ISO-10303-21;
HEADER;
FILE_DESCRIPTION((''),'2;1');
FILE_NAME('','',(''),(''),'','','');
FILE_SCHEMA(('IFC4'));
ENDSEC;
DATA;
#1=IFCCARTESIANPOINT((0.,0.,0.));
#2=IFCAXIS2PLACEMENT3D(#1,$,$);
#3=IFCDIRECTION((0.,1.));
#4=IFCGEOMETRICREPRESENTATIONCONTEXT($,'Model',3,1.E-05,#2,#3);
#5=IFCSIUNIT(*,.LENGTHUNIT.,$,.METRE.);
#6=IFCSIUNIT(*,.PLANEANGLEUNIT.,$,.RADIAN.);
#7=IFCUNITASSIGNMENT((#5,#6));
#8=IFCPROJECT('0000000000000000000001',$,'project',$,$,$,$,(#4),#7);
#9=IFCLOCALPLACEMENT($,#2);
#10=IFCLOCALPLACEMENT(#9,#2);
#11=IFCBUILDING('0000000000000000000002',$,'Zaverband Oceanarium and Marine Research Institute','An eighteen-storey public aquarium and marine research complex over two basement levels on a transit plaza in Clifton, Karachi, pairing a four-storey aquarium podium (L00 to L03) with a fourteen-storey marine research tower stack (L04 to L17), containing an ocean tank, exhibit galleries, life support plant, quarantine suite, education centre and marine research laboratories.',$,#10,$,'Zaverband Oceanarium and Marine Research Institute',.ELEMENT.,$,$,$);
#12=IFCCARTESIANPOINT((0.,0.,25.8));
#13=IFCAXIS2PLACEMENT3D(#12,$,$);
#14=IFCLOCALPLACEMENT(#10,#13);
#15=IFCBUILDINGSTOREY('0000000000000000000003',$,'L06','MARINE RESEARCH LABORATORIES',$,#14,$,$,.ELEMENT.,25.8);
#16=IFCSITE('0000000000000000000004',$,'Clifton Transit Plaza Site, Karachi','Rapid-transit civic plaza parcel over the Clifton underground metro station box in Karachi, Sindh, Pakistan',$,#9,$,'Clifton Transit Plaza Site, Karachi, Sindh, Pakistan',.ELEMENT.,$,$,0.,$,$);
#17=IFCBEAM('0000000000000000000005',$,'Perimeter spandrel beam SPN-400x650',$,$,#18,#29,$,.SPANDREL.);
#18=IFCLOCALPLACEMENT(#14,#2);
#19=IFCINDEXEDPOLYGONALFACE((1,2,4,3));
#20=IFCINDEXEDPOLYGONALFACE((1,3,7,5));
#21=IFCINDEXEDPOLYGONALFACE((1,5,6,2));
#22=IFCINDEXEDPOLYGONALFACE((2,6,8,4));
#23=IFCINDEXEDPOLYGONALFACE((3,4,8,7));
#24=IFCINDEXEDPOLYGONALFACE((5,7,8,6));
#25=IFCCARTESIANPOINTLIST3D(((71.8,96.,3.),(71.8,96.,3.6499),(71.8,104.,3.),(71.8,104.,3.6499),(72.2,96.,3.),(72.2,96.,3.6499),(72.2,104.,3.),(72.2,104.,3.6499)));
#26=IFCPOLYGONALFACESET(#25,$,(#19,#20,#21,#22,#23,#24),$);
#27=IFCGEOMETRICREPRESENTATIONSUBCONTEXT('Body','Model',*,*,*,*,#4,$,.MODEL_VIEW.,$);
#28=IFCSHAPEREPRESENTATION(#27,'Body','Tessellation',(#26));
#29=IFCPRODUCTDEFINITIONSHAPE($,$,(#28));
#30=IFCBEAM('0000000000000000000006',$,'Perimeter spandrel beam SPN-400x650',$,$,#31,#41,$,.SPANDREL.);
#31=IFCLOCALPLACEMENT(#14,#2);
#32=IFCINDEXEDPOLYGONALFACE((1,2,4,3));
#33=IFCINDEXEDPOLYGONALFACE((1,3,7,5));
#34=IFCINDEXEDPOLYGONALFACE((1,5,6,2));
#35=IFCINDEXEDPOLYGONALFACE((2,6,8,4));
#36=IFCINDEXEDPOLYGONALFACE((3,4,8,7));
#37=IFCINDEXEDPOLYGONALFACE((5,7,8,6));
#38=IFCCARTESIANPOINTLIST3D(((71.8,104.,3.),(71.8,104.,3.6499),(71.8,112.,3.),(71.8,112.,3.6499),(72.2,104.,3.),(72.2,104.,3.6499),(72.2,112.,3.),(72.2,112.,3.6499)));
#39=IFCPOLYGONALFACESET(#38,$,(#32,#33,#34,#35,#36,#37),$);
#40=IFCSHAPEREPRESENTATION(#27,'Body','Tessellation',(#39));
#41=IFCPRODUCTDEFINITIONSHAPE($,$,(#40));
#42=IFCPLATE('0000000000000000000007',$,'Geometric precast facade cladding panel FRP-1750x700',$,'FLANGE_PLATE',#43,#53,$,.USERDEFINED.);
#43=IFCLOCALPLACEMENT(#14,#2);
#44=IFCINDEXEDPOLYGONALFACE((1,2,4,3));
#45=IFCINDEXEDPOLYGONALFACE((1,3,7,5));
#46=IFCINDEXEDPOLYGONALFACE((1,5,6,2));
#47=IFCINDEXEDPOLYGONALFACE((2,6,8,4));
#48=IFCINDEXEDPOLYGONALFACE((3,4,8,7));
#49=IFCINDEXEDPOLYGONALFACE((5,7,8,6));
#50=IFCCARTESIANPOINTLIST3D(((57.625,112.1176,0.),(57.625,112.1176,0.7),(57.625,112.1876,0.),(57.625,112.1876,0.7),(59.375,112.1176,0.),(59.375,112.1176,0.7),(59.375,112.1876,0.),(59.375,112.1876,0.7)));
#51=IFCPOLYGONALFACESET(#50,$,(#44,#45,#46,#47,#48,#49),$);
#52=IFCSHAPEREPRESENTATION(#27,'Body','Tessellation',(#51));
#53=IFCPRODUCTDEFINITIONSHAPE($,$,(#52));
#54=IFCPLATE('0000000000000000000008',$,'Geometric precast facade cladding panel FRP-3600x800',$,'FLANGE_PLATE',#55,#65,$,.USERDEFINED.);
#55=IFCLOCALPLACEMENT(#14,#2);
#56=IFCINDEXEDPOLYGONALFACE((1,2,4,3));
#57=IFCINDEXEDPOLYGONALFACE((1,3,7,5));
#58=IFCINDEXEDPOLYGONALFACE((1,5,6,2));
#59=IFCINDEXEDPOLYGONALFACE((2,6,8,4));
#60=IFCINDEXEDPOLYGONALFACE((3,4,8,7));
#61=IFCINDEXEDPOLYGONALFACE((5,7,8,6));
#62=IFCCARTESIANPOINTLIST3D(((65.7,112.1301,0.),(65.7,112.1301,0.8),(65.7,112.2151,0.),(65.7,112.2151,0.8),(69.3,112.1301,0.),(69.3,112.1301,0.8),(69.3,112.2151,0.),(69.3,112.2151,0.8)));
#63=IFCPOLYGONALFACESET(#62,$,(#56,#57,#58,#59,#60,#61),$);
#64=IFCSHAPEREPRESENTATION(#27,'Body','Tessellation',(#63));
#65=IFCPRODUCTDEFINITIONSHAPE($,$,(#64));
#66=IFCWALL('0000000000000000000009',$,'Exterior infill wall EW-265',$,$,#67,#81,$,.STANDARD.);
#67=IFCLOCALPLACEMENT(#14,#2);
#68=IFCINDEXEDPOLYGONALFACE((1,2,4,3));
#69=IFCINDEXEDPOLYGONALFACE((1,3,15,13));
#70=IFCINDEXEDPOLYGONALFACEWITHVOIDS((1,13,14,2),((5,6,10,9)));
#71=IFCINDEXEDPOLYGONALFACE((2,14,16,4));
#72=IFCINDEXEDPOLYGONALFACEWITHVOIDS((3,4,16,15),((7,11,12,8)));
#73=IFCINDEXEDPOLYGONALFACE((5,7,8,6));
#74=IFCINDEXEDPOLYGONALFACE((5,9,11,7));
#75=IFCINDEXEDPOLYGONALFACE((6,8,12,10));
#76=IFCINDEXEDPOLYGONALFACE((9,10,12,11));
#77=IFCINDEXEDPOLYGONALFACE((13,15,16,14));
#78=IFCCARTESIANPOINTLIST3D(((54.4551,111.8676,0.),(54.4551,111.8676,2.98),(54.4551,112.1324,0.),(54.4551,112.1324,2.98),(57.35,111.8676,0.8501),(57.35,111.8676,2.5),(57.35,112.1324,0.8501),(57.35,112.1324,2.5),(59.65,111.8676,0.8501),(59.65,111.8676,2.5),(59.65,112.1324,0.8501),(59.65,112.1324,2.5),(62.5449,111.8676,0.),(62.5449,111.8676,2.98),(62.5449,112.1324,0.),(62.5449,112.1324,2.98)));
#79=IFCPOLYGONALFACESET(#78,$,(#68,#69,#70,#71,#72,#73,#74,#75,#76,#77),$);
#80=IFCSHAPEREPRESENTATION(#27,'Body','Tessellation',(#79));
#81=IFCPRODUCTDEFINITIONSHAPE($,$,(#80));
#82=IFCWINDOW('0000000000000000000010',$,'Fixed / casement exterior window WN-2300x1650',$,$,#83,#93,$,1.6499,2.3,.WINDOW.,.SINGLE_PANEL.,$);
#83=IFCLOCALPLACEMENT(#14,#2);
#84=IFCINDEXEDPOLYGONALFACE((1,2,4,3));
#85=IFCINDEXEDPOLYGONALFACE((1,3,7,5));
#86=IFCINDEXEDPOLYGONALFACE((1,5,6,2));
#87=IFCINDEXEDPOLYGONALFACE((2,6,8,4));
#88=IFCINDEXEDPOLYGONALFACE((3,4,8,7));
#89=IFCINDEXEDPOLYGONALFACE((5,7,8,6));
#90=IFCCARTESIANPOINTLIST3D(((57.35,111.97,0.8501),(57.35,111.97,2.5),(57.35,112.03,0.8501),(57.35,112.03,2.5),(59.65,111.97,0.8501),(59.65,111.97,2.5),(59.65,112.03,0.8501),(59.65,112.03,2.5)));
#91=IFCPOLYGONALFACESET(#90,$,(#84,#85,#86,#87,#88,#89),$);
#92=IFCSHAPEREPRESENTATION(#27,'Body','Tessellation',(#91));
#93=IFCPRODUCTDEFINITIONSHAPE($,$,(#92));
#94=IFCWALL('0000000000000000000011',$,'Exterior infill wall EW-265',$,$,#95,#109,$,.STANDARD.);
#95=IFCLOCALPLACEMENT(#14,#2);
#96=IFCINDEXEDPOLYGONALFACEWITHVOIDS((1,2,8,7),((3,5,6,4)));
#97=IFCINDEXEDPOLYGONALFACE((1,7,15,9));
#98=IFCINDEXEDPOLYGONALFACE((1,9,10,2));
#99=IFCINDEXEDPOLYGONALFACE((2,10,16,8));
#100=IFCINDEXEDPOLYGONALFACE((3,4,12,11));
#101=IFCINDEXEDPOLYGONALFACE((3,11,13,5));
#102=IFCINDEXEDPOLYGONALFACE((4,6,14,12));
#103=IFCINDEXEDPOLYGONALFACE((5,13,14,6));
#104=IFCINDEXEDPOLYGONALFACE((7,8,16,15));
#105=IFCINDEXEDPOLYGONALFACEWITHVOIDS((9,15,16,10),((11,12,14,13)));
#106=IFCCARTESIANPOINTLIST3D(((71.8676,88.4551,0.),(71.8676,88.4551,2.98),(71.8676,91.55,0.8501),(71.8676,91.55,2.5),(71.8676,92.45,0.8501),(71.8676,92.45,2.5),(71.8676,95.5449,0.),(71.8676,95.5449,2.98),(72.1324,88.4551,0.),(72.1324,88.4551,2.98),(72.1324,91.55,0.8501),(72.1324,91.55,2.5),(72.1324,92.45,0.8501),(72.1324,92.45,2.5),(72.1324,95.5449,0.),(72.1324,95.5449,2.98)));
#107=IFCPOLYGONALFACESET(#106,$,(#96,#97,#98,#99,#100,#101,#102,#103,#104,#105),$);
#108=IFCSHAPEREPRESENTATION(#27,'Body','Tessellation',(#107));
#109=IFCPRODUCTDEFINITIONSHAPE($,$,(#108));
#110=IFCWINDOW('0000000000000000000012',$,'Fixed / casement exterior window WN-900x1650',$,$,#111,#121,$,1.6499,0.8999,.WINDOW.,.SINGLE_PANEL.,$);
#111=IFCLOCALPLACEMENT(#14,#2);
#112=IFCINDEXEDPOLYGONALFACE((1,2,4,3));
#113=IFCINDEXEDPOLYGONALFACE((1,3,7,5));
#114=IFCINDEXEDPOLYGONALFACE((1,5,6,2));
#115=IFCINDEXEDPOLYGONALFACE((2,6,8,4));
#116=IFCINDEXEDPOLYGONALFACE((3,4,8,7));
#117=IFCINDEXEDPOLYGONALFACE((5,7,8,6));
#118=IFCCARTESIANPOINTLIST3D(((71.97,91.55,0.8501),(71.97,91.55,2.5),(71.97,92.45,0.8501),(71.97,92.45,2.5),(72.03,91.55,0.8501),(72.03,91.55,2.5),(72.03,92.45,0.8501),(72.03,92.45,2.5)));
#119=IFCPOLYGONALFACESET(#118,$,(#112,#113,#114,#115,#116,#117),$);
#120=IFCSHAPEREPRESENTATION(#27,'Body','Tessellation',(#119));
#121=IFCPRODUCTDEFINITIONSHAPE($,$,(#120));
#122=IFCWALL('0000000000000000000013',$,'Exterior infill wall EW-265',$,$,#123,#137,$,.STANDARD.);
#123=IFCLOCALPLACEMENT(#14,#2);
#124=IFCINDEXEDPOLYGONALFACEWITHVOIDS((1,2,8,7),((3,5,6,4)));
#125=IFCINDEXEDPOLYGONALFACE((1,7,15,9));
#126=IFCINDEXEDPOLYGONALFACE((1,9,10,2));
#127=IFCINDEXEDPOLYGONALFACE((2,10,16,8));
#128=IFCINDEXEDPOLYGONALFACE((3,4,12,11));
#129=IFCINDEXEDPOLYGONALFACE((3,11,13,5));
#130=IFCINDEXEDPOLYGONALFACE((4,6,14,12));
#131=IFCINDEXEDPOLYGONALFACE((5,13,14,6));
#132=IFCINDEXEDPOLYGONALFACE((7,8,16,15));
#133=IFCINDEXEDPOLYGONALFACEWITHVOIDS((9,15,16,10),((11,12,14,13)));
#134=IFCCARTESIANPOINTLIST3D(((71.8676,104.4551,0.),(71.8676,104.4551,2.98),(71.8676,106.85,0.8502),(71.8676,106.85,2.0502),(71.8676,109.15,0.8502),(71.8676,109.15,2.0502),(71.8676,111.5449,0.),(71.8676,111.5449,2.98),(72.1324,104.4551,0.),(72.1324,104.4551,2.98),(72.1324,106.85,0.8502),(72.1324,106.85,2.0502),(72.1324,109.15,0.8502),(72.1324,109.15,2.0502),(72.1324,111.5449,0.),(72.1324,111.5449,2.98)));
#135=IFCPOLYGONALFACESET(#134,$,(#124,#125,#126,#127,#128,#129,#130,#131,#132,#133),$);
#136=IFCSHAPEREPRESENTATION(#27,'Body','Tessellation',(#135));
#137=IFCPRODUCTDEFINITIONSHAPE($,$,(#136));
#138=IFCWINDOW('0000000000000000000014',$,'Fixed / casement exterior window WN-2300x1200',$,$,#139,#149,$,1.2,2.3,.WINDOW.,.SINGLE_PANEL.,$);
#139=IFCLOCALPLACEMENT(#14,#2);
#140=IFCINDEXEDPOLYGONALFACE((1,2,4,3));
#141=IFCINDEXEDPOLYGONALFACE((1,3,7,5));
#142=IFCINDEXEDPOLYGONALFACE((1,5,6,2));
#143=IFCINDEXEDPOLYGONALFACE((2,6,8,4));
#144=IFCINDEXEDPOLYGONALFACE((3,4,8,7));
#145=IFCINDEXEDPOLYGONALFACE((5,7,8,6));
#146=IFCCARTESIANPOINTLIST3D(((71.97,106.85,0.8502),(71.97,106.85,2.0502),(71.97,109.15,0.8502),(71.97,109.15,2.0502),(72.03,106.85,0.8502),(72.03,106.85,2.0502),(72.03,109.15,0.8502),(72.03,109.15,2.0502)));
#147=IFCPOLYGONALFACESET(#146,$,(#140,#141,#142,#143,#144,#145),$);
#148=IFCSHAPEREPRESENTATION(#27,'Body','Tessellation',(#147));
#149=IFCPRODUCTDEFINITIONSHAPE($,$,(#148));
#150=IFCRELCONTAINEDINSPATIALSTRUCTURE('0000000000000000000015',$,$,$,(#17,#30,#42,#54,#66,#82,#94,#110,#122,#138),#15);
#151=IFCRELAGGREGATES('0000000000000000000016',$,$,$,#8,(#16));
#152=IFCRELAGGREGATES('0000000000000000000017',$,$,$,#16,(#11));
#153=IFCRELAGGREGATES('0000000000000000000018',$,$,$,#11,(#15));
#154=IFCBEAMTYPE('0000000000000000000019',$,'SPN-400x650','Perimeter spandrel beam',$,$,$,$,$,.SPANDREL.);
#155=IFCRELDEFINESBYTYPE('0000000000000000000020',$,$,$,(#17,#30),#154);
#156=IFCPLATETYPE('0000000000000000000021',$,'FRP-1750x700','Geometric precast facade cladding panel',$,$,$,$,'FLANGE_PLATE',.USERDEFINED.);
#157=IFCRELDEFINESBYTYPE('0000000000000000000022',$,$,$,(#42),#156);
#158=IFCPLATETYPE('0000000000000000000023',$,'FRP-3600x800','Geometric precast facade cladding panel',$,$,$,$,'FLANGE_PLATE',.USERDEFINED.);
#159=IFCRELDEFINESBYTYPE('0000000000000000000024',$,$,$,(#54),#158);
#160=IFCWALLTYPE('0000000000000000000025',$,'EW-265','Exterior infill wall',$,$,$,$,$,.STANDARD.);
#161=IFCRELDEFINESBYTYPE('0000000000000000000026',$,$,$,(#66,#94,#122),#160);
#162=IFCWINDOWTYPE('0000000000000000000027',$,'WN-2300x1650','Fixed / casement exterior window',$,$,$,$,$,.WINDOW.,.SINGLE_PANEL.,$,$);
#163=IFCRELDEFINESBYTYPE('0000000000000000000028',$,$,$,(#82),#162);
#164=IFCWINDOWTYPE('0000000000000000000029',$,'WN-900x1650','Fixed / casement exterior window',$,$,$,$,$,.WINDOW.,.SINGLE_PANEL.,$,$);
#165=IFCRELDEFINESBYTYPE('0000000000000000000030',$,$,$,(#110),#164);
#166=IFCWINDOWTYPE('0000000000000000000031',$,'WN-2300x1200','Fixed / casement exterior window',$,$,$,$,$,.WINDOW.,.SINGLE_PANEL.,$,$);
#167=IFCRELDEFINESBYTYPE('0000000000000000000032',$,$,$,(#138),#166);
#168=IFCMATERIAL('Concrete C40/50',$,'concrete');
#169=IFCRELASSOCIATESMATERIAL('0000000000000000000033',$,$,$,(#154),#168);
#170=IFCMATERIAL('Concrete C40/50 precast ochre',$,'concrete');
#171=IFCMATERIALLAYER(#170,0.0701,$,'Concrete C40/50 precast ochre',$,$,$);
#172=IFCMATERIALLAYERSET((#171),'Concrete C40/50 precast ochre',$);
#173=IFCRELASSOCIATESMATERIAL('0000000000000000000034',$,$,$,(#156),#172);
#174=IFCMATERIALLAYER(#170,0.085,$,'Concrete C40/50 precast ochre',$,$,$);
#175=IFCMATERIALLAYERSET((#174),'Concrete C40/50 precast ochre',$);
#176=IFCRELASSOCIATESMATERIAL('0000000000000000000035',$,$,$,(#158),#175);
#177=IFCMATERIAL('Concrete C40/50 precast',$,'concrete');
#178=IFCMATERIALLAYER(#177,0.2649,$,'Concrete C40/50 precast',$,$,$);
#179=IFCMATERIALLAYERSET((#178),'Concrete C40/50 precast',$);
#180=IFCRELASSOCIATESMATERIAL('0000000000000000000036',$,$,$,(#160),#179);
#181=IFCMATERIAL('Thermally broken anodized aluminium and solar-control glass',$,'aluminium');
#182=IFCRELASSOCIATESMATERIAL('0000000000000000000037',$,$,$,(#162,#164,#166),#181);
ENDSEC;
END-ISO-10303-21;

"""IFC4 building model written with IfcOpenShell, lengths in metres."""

from ifc_helpers import new_model, si_unit, direction, frame, frame_2d, origin, origin_2d, place, context, subcontext, project, spatial, rectangle, extrude, material, layer, layer_set, material_profile, profile_set, type_object, element, fill, save


model = new_model("IFC4")

# Units and contexts
model_context = context("Model", 3, precision=1e-05, world=origin(), true_north=direction((0.0, 1.0)))
body_context = subcontext(model_context, "Body", "Model", "MODEL_VIEW")
ifc_project = project(units=[si_unit("LENGTHUNIT", "METRE"), si_unit("PLANEANGLEUNIT", "RADIAN")], contexts=[model_context])

# Site, building, storey
site_placement = place(None, origin())
site = spatial("IfcSite", under=ifc_project, at=site_placement, Name="Clifton Transit Plaza Site, Karachi", Description="Rapid-transit civic plaza parcel over the Clifton underground metro station box in Karachi, Sindh, Pakistan", LongName="Clifton Transit Plaza Site, Karachi, Sindh, Pakistan", CompositionType="ELEMENT", RefElevation=0.0)
building_placement = place(site_placement, origin())
building = spatial("IfcBuilding", under=site, at=building_placement, Name="Zaverband Oceanarium and Marine Research Institute", Description="An eighteen-storey public aquarium and marine research complex over two basement levels on a transit plaza in Clifton, Karachi, pairing a four-storey aquarium podium (L00 to L03) with a fourteen-storey marine research tower stack (L04 to L17), containing an ocean tank, exhibit galleries, life support plant, quarantine suite, education centre and marine research laboratories.", LongName="Zaverband Oceanarium and Marine Research Institute", CompositionType="ELEMENT")
storey_placement = place(building_placement, frame((0.0, 0.0, 25.8)))
storey = spatial("IfcBuildingStorey", under=building, at=storey_placement, Name="L06", Description="MARINE RESEARCH LABORATORIES", CompositionType="ELEMENT", Elevation=25.8)

# Beams
ifc_material_1 = material(Name="Concrete C40/50", Category="concrete")
ifc_material_profile_1 = material_profile(ifc_material_1, rectangle(XDim=0.3999, YDim=0.6499, at=origin_2d()), Name="RC400x650")
ifc_profile_set_1 = profile_set([ifc_material_profile_1], Name="Concrete C40/50")
beam_type_1 = type_object("IfcBeamType", Name="SPN-400x650", Description="Perimeter spandrel beam", PredefinedType="SPANDREL", material=ifc_profile_set_1)
for number, where, z_axis, x_axis, name in (
    (1, (72.0, 96.0, 3.325), (0.0, 1.0, 0.0), (-1.0, 0.0, 0.0), "Perimeter spandrel beam SPN-400x650"),
    (2, (72.0, 104.0, 3.325), (0.0, 1.0, 0.0), (-1.0, 0.0, 0.0), "Perimeter spandrel beam SPN-400x650"),
):
    element("IfcBeam", number, at=place(storey_placement, frame(where, z_axis=z_axis, x_axis=x_axis)), inside=storey, type_object=beam_type_1, Name=name, PredefinedType="SPANDREL", context=body_context, shape_type="SweptSolid", body=[
        extrude(rectangle(XDim=0.3999, YDim=0.6499, at=origin_2d()), origin(), (0.0, 0.0, 1.0), 8.0),
    ])

# Plates
ifc_material_2 = material(Name="Concrete C40/50 precast ochre", Category="concrete")
ifc_layer_1 = layer(ifc_material_2, 0.0701, Name="Concrete C40/50 precast ochre")
ifc_layer_set_1 = layer_set([ifc_layer_1], Name="Concrete C40/50 precast ochre")
plate_type_1 = type_object("IfcPlateType", Name="FRP-1750x700", Description="Geometric precast facade cladding panel", ElementType="FLANGE_PLATE", PredefinedType="USERDEFINED", material=ifc_layer_set_1)
plate_1_placement = place(storey_placement, frame((57.625, 112.1526, 0.0), z_axis=(0.0, 0.0, 1.0), x_axis=(1.0, 0.0, 0.0)))
element("IfcPlate", 3, at=plate_1_placement, inside=storey, type_object=plate_type_1, Name="Geometric precast facade cladding panel FRP-1750x700", ObjectType="FLANGE_PLATE", PredefinedType="USERDEFINED", context=body_context, shape_type="SweptSolid", body=[
    extrude(rectangle(XDim=1.75, YDim=0.0701, at=frame_2d((0.875, 0.0))), origin(), (0.0, 0.0, 1.0), 0.7),
])
ifc_layer_2 = layer(ifc_material_2, 0.085, Name="Concrete C40/50 precast ochre")
ifc_layer_set_2 = layer_set([ifc_layer_2], Name="Concrete C40/50 precast ochre")
plate_type_2 = type_object("IfcPlateType", Name="FRP-3600x800", Description="Geometric precast facade cladding panel", ElementType="FLANGE_PLATE", PredefinedType="USERDEFINED", material=ifc_layer_set_2)
plate_2_placement = place(storey_placement, frame((65.7, 112.1726, 0.0), z_axis=(0.0, 0.0, 1.0), x_axis=(1.0, 0.0, 0.0)))
element("IfcPlate", 4, at=plate_2_placement, inside=storey, type_object=plate_type_2, Name="Geometric precast facade cladding panel FRP-3600x800", ObjectType="FLANGE_PLATE", PredefinedType="USERDEFINED", context=body_context, shape_type="SweptSolid", body=[
    extrude(rectangle(XDim=3.6001, YDim=0.085, at=frame_2d((1.8, 0.0))), origin(), (0.0, 0.0, 1.0), 0.8),
])

# Walls, openings, windows
ifc_material_3 = material(Name="Concrete C40/50 precast", Category="concrete")
ifc_layer_3 = layer(ifc_material_3, 0.2649, Name="Concrete C40/50 precast")
ifc_layer_set_3 = layer_set([ifc_layer_3], Name="Concrete C40/50 precast")
wall_type_1 = type_object("IfcWallType", Name="EW-265", Description="Exterior infill wall", PredefinedType="STANDARD", material=ifc_layer_set_3)
wall_1_placement = place(storey_placement, frame((54.4551, 112.0, 0.0), z_axis=(0.0, 0.0, 1.0), x_axis=(1.0, 0.0, 0.0)))
wall_1 = element("IfcWall", 5, at=wall_1_placement, inside=storey, type_object=wall_type_1, Name="Exterior infill wall EW-265", PredefinedType="STANDARD", context=body_context, shape_type="SweptSolid", body=[
    extrude(rectangle(XDim=8.0898, YDim=0.2649, at=frame_2d((4.0449, 0.0))), origin(), (0.0, 0.0, 1.0), 2.98),
])
opening_1_placement = place(wall_1_placement, frame((2.895, 0.0, 0.8501)))
opening_1 = element("IfcOpeningElement", 6, at=opening_1_placement, cuts=wall_1, PredefinedType="OPENING", context=body_context, shape_type="SweptSolid", body=[
    extrude(rectangle(XDim=2.3, YDim=1.6499, at=frame_2d((1.1499, 0.825))), frame((0.0, 0.1445, 0.0), z_axis=(0.0, -1.0, 0.0), x_axis=(1.0, 0.0, 0.0)), (0.0, 0.0, 1.0), 0.2888),
])
ifc_material_4 = material(Name="Thermally broken anodized aluminium and solar-control glass", Category="aluminium")
window_type_1 = type_object("IfcWindowType", Name="WN-2300x1650", Description="Fixed / casement exterior window", PartitioningType="SINGLE_PANEL", PredefinedType="WINDOW", material=ifc_material_4)
window_1_placement = place(opening_1_placement, origin())
window_1 = element("IfcWindow", 7, at=window_1_placement, inside=storey, type_object=window_type_1, Name="Fixed / casement exterior window WN-2300x1650", OverallHeight=1.6499, OverallWidth=2.3, PartitioningType="SINGLE_PANEL", PredefinedType="WINDOW", context=body_context, shape_type="SweptSolid", body=[
    extrude(rectangle(XDim=2.3, YDim=1.6499, at=frame_2d((1.1499, 0.825))), frame((0.0, 0.03, 0.0), z_axis=(0.0, -1.0, 0.0), x_axis=(1.0, 0.0, 0.0)), (0.0, 0.0, 1.0), 0.0601),
])
fill(opening_1, window_1)
wall_2_placement = place(storey_placement, frame((72.0, 88.4551, 0.0), z_axis=(0.0, 0.0, 1.0), x_axis=(0.0, 1.0, 0.0)))
wall_2 = element("IfcWall", 8, at=wall_2_placement, inside=storey, type_object=wall_type_1, Name="Exterior infill wall EW-265", PredefinedType="STANDARD", context=body_context, shape_type="SweptSolid", body=[
    extrude(rectangle(XDim=7.0898, YDim=0.2649, at=frame_2d((3.5449, 0.0))), origin(), (0.0, 0.0, 1.0), 2.98),
])
opening_2_placement = place(wall_2_placement, frame((3.095, 0.0, 0.8501)))
opening_2 = element("IfcOpeningElement", 9, at=opening_2_placement, cuts=wall_2, PredefinedType="OPENING", context=body_context, shape_type="SweptSolid", body=[
    extrude(rectangle(XDim=0.8999, YDim=1.6499, at=frame_2d((0.45, 0.825))), frame((0.0, 0.1445, 0.0), z_axis=(0.0, -1.0, 0.0), x_axis=(1.0, 0.0, 0.0)), (0.0, 0.0, 1.0), 0.2888),
])
window_type_2 = type_object("IfcWindowType", Name="WN-900x1650", Description="Fixed / casement exterior window", PartitioningType="SINGLE_PANEL", PredefinedType="WINDOW", material=ifc_material_4)
window_2_placement = place(opening_2_placement, origin())
window_2 = element("IfcWindow", 10, at=window_2_placement, inside=storey, type_object=window_type_2, Name="Fixed / casement exterior window WN-900x1650", OverallHeight=1.6499, OverallWidth=0.8999, PartitioningType="SINGLE_PANEL", PredefinedType="WINDOW", context=body_context, shape_type="SweptSolid", body=[
    extrude(rectangle(XDim=0.8999, YDim=1.6499, at=frame_2d((0.45, 0.825))), frame((0.0, 0.03, 0.0), z_axis=(0.0, -1.0, 0.0), x_axis=(1.0, 0.0, 0.0)), (0.0, 0.0, 1.0), 0.0601),
])
fill(opening_2, window_2)
wall_3_placement = place(storey_placement, frame((72.0, 104.4551, 0.0), z_axis=(0.0, 0.0, 1.0), x_axis=(0.0, 1.0, 0.0)))
wall_3 = element("IfcWall", 11, at=wall_3_placement, inside=storey, type_object=wall_type_1, Name="Exterior infill wall EW-265", PredefinedType="STANDARD", context=body_context, shape_type="SweptSolid", body=[
    extrude(rectangle(XDim=7.0898, YDim=0.2649, at=frame_2d((3.5449, 0.0))), origin(), (0.0, 0.0, 1.0), 2.98),
])
opening_3_placement = place(wall_3_placement, frame((2.395, 0.0, 0.8501)))
opening_3 = element("IfcOpeningElement", 12, at=opening_3_placement, cuts=wall_3, PredefinedType="OPENING", context=body_context, shape_type="SweptSolid", body=[
    extrude(rectangle(XDim=2.3, YDim=1.2, at=frame_2d((1.1499, 0.6001))), frame((0.0, 0.1445, 0.0), z_axis=(0.0, -1.0, 0.0), x_axis=(1.0, 0.0, 0.0)), (0.0, 0.0, 1.0), 0.2888),
])
window_type_3 = type_object("IfcWindowType", Name="WN-2300x1200", Description="Fixed / casement exterior window", PartitioningType="SINGLE_PANEL", PredefinedType="WINDOW", material=ifc_material_4)
window_3_placement = place(opening_3_placement, origin())
window_3 = element("IfcWindow", 13, at=window_3_placement, inside=storey, type_object=window_type_3, Name="Fixed / casement exterior window WN-2300x1200", OverallHeight=1.2, OverallWidth=2.3, PartitioningType="SINGLE_PANEL", PredefinedType="WINDOW", context=body_context, shape_type="SweptSolid", body=[
    extrude(rectangle(XDim=2.3, YDim=1.2, at=frame_2d((1.1499, 0.6001))), frame((0.0, 0.03, 0.0), z_axis=(0.0, -1.0, 0.0), x_axis=(1.0, 0.0, 0.0)), (0.0, 0.0, 1.0), 0.0601),
])
fill(opening_3, window_3)

save(model, "model.ifc")
